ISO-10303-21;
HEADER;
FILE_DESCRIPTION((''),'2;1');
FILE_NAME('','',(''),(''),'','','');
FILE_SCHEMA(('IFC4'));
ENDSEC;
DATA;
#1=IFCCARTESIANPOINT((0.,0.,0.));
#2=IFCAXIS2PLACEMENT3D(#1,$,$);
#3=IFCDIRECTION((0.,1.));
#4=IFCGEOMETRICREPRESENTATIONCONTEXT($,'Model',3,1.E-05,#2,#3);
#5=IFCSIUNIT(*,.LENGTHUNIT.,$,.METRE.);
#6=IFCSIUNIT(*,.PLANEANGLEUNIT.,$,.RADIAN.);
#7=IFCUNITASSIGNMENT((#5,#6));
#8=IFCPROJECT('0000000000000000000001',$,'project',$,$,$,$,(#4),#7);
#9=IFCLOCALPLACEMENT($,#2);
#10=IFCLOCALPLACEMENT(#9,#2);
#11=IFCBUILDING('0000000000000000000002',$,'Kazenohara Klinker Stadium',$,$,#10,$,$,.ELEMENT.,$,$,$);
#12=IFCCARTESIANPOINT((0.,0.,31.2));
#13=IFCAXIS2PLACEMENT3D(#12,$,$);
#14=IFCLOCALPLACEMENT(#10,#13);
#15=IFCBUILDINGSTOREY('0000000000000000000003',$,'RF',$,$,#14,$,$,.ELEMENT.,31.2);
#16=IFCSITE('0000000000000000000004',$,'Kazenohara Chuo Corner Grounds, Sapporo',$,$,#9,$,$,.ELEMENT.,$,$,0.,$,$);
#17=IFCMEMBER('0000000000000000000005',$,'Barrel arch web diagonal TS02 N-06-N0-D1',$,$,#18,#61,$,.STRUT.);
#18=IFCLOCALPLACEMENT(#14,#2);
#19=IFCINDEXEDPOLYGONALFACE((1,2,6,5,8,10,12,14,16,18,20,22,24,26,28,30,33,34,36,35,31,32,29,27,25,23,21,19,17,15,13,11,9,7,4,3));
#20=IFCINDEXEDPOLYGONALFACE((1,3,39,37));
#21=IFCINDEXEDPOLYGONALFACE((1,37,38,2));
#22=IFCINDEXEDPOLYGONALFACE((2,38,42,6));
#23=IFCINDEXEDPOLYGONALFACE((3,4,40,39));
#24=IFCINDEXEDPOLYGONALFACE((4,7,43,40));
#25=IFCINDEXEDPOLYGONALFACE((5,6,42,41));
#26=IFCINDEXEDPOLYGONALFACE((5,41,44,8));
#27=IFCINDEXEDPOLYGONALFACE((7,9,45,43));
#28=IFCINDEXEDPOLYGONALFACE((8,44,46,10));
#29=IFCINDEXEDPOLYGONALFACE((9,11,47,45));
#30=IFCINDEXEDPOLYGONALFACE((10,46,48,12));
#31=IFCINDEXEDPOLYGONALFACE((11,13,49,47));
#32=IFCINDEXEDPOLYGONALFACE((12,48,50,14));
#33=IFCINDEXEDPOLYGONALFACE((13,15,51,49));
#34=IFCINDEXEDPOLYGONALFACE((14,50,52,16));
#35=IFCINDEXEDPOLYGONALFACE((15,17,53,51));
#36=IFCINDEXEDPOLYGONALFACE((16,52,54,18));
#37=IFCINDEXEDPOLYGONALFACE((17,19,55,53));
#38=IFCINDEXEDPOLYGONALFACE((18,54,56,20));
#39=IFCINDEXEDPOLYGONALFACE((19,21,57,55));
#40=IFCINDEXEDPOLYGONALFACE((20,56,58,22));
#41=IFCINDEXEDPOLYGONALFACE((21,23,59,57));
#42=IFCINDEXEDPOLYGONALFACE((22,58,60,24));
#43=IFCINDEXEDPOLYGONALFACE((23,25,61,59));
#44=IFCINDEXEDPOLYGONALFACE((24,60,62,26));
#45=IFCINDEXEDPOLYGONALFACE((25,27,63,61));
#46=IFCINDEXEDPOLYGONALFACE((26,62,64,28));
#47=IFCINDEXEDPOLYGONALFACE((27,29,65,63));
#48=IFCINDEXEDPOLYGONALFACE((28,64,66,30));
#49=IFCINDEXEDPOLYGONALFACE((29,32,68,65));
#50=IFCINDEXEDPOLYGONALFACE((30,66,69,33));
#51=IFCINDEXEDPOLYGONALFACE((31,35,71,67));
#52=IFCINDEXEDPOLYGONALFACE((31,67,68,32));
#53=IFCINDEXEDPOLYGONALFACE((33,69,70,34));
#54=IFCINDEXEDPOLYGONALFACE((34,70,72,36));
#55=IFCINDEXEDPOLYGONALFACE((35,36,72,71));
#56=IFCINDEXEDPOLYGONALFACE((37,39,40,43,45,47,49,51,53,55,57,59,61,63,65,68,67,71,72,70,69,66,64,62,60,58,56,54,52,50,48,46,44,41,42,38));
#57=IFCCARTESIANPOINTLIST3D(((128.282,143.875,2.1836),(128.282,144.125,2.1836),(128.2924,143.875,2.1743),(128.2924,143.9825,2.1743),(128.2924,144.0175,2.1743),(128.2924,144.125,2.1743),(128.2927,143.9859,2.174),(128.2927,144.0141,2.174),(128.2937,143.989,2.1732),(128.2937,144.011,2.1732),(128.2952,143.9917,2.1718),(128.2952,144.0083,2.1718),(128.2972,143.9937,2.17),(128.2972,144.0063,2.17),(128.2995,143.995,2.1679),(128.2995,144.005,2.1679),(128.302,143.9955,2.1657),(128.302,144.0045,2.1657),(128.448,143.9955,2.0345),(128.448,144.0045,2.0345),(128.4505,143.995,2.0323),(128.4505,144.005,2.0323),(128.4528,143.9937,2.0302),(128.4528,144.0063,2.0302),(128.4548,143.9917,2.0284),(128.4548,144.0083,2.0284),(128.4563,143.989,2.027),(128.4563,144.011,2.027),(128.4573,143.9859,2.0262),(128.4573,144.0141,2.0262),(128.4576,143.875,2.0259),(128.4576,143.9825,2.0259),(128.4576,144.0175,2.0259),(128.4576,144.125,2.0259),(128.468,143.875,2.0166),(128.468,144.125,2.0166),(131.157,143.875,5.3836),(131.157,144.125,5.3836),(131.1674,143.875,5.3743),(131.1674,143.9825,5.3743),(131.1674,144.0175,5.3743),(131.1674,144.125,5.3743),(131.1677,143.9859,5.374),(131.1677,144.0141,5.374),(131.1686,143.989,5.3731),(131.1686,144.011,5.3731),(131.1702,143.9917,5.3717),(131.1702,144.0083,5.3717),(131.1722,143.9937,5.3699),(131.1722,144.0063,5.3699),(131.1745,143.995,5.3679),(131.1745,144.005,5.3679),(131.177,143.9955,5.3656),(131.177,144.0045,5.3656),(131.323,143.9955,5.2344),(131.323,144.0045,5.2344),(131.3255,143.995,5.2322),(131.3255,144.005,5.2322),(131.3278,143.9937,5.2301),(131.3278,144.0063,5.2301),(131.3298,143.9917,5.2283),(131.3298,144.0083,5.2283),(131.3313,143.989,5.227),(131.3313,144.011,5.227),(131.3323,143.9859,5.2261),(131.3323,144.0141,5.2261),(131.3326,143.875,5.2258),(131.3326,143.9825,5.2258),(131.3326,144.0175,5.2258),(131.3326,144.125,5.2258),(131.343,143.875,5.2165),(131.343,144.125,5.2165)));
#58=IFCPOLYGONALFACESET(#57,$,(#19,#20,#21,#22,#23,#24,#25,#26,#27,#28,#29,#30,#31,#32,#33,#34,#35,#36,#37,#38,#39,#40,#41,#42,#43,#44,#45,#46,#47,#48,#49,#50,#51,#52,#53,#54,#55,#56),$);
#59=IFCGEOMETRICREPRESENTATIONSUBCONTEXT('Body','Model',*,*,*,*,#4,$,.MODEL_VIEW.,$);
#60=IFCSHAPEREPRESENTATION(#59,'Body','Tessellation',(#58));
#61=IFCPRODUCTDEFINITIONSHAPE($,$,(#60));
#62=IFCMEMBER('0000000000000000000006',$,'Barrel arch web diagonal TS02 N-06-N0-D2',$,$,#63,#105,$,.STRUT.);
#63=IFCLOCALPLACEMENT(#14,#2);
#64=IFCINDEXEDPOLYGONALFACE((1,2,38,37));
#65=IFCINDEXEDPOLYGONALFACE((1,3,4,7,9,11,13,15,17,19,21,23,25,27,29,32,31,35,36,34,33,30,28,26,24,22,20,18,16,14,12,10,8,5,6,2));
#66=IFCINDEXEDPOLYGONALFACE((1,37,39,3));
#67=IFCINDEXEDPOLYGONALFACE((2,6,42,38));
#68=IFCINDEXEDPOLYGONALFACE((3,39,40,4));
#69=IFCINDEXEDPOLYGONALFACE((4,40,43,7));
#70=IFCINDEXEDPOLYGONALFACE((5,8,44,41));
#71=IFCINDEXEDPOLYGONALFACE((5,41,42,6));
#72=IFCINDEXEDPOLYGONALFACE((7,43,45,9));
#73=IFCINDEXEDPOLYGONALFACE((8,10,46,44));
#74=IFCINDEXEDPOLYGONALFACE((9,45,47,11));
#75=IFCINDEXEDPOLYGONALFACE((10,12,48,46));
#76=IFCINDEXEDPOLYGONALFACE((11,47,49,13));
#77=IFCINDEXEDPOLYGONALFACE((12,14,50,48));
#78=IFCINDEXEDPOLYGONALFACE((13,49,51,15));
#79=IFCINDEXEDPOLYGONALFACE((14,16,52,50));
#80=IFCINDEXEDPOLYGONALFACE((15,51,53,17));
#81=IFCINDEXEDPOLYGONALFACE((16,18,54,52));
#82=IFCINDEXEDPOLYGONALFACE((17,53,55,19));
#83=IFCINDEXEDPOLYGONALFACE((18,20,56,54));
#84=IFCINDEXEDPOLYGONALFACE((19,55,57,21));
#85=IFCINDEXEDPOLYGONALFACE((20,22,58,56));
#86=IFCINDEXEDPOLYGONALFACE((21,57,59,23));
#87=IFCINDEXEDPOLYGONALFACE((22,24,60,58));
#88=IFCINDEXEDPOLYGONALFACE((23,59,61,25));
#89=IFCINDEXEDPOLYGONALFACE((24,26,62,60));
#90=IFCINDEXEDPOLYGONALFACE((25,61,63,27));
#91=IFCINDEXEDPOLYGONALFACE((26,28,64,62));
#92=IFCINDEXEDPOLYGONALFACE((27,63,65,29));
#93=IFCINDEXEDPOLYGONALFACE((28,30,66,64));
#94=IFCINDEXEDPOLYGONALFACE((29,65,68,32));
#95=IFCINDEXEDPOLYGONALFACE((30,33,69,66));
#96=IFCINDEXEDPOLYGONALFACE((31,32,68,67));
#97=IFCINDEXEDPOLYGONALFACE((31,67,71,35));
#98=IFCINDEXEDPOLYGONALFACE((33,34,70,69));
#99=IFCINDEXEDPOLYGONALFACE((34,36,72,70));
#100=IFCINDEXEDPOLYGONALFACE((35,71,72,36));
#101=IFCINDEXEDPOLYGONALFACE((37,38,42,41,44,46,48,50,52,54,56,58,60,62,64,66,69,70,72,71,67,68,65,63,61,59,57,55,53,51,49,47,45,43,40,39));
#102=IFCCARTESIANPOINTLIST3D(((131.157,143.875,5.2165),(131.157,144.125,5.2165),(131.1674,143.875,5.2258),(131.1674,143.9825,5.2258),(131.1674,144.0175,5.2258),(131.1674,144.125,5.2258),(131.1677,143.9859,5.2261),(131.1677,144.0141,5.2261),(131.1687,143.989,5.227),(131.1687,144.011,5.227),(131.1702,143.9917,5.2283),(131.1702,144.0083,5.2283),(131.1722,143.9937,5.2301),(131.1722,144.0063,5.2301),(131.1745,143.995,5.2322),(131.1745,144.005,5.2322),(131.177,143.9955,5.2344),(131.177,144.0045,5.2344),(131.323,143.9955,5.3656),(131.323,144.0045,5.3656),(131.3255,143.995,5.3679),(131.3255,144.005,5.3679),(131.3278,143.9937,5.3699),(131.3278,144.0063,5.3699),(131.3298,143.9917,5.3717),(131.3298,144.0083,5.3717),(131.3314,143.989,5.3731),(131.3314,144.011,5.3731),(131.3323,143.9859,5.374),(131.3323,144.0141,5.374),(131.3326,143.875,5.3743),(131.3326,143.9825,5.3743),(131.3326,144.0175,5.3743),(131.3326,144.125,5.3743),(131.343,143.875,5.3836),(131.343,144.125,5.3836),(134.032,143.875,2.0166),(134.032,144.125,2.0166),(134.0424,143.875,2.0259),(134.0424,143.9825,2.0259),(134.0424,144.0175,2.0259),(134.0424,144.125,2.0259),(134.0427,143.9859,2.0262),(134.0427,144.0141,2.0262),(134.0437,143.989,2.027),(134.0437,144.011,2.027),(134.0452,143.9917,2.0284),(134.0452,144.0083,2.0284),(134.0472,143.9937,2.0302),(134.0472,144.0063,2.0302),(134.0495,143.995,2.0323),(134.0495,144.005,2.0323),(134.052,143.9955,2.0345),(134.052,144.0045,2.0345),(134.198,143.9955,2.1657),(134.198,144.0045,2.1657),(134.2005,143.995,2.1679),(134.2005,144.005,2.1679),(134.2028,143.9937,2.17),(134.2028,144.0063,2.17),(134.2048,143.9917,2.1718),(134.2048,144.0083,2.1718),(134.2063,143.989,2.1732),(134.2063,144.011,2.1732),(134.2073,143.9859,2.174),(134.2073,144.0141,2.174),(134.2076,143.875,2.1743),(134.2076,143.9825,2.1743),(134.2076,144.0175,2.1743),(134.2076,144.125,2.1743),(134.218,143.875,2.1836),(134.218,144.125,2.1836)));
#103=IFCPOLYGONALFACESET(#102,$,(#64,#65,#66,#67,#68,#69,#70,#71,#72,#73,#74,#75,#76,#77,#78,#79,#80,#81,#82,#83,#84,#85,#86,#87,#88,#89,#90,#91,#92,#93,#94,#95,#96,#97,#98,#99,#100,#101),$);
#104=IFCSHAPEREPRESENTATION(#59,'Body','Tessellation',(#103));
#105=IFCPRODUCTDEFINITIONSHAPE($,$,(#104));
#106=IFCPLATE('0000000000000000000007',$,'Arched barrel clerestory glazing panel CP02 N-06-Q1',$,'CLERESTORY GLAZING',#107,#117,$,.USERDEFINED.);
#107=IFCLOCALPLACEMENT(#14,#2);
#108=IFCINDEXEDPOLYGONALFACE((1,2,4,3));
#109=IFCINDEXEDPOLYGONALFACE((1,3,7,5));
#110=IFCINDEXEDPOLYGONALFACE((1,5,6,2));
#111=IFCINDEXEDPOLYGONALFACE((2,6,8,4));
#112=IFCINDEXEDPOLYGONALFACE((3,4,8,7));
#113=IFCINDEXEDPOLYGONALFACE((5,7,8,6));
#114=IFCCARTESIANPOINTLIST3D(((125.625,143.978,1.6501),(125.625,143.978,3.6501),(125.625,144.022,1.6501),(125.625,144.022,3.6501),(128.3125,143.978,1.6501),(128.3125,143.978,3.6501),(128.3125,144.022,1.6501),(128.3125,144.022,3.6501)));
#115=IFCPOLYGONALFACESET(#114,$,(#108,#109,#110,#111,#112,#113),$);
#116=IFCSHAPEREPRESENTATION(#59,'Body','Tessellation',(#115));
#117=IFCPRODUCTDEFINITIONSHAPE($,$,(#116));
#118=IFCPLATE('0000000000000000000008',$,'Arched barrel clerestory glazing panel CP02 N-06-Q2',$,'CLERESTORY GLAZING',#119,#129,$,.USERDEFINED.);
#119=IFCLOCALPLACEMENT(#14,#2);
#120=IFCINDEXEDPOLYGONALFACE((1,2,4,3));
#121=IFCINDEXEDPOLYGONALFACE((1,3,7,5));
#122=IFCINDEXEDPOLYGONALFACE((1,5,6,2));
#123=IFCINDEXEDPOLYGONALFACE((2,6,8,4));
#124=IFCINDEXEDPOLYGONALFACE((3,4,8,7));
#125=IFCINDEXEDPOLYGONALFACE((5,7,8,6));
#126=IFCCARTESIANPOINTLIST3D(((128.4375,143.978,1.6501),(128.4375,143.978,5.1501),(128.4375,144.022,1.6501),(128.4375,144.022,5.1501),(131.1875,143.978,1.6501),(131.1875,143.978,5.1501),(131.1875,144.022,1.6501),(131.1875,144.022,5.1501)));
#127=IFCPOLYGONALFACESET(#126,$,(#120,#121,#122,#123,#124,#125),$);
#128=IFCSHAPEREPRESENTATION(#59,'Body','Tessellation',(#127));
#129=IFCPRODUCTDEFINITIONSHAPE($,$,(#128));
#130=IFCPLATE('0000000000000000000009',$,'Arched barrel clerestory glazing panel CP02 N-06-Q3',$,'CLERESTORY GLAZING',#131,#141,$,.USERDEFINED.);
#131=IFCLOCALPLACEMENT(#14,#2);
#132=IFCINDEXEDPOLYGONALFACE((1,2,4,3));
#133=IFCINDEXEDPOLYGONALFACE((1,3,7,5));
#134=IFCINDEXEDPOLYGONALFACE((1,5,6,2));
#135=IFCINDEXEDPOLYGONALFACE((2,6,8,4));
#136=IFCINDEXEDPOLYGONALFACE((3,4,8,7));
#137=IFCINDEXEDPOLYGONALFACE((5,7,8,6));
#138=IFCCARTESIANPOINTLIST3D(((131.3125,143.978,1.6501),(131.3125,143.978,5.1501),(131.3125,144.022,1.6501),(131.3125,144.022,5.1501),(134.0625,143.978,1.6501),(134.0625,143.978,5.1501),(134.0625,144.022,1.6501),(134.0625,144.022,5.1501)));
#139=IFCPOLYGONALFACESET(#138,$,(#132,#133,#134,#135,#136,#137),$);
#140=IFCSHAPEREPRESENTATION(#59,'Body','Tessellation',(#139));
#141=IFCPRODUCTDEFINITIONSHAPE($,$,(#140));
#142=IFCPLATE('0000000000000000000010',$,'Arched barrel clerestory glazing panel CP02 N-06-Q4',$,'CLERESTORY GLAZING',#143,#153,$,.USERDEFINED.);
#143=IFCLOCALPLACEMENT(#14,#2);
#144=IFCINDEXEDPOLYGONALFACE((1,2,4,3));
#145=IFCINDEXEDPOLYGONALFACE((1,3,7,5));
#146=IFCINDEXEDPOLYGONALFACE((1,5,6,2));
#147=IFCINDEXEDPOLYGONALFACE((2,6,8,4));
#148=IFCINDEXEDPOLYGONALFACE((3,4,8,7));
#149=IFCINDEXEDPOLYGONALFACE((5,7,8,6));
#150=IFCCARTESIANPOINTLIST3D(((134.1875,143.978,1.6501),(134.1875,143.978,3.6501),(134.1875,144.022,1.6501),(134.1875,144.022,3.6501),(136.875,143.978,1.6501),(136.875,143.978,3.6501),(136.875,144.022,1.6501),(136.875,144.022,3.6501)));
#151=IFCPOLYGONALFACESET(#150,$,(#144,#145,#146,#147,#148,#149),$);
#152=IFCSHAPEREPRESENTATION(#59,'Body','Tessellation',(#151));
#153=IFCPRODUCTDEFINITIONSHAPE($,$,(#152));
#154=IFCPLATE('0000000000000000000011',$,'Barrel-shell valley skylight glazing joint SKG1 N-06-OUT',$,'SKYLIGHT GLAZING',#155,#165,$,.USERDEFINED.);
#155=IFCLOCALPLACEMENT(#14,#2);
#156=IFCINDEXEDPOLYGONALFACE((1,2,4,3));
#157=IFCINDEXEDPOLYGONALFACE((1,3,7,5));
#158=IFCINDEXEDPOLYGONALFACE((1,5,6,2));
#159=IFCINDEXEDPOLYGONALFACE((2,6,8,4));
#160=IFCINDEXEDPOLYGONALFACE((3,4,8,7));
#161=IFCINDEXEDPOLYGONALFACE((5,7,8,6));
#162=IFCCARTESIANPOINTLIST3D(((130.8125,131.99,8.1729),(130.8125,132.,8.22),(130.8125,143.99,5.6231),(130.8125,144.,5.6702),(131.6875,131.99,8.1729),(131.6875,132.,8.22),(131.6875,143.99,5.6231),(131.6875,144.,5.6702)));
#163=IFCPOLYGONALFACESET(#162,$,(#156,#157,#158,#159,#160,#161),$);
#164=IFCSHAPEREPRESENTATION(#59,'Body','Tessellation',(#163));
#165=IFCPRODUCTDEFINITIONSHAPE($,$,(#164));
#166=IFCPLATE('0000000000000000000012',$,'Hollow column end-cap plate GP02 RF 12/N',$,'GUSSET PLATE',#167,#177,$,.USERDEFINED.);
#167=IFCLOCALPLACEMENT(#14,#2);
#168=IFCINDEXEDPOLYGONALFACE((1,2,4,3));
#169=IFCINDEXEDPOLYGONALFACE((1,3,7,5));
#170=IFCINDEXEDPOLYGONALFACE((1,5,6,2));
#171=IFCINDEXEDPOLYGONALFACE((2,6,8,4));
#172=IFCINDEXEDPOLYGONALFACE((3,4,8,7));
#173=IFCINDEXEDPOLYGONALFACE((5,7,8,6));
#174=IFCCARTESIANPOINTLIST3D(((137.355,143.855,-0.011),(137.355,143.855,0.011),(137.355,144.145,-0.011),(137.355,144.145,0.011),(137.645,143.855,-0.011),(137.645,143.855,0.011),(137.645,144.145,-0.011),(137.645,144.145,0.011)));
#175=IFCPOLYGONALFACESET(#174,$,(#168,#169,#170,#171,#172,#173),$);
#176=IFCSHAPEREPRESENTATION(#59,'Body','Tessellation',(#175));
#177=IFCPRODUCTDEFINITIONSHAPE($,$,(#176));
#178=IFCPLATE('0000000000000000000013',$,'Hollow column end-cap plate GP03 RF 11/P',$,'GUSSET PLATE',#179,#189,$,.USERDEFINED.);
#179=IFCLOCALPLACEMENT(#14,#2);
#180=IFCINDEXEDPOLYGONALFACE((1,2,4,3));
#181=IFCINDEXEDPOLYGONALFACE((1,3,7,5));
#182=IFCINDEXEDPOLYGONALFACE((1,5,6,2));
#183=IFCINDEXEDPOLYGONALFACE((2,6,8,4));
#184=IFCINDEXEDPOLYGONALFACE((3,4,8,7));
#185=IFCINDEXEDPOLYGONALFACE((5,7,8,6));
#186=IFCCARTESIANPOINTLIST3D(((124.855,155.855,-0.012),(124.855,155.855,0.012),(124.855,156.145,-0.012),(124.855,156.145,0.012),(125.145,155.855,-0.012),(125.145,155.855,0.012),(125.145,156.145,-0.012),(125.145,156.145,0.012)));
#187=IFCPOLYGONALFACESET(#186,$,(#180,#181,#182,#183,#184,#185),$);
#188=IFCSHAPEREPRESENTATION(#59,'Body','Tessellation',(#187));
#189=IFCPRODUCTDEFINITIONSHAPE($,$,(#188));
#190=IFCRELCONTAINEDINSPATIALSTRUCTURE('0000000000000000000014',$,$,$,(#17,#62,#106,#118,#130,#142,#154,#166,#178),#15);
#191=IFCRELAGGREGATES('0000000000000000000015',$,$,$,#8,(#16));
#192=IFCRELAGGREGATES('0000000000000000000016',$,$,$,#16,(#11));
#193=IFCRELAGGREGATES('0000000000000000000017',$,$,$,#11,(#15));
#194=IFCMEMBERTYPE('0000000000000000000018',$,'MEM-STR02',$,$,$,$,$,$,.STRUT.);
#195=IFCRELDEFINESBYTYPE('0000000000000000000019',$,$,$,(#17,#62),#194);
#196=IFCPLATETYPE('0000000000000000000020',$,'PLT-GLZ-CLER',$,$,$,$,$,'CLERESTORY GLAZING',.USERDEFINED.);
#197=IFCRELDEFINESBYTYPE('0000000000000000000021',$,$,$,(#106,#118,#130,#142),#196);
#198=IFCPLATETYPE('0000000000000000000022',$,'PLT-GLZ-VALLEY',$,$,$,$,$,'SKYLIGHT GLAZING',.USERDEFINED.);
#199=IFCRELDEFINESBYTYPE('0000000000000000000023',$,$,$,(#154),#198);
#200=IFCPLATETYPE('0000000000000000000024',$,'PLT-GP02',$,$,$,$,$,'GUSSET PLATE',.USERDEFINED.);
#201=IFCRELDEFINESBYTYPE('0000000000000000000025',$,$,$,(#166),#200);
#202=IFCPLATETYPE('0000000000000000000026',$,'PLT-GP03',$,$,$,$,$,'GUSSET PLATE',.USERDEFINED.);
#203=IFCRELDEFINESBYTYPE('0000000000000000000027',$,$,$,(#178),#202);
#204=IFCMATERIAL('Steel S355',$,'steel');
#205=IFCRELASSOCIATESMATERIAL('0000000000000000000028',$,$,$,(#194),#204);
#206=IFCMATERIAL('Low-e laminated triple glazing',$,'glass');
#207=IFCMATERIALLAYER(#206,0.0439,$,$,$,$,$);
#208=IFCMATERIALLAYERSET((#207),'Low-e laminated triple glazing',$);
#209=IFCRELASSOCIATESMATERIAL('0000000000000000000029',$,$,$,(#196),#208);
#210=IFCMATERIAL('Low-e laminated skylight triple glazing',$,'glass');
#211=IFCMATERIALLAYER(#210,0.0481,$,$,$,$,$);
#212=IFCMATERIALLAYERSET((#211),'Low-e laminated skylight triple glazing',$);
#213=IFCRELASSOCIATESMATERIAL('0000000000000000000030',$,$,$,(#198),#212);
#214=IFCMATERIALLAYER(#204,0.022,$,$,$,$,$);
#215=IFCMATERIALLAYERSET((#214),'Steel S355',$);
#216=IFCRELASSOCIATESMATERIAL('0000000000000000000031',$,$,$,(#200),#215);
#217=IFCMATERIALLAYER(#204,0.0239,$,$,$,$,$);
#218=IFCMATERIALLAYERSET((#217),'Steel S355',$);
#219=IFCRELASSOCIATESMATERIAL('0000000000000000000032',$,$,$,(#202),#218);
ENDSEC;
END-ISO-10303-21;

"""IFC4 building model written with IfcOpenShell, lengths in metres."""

from ifc_helpers import new_model, si_unit, direction, frame, origin, origin_2d, place, context, subcontext, project, spatial, polyline, rectangle, i_section, outline, extrude, material, layer, layer_set, material_profile, profile_set, type_object, element, save


model = new_model("IFC4")

# Units and contexts
model_context = context("Model", 3, precision=1e-05, world=origin(), true_north=direction((0.0, 1.0)))
body_context = subcontext(model_context, "Body", "Model", "MODEL_VIEW")
ifc_project = project(units=[si_unit("LENGTHUNIT", "METRE"), si_unit("PLANEANGLEUNIT", "RADIAN")], contexts=[model_context])

# Site, building, storey
site_placement = place(None, origin())
site = spatial("IfcSite", under=ifc_project, at=site_placement, Name="Kazenohara Chuo Corner Grounds, Sapporo", CompositionType="ELEMENT", RefElevation=0.0)
building_placement = place(site_placement, origin())
building = spatial("IfcBuilding", under=site, at=building_placement, Name="Kazenohara Klinker Stadium", CompositionType="ELEMENT")
storey_placement = place(building_placement, frame((0.0, 0.0, 31.2)))
storey = spatial("IfcBuildingStorey", under=building, at=storey_placement, Name="RF", CompositionType="ELEMENT", Elevation=31.2)

# Members
ifc_material_1 = material(Name="Steel S355", Category="steel")
ifc_material_profile_1 = material_profile(ifc_material_1, i_section(OverallWidth=0.25, OverallDepth=0.25, WebThickness=0.009, FlangeThickness=0.0139, FilletRadius=0.0129, at=origin_2d()), Name="H-250x250x9x14")
ifc_profile_set_1 = profile_set([ifc_material_profile_1], Name="Steel S355")
member_type_1 = type_object("IfcMemberType", Name="MEM-STR02", PredefinedType="STRUT", material=ifc_profile_set_1)
for number, where, z_axis, x_axis, name in (
    (1, (128.375, 144.0, 2.1001), (0.668328, 0.0, 0.743867), (0.0, 1.0, 0.0), "Barrel arch web diagonal TS02 N-06-N0-D1"),
    (2, (134.125, 144.0, 2.1001), (-0.668328, 0.0, 0.743867), (0.0, -1.0, 0.0), "Barrel arch web diagonal TS02 N-06-N0-D2"),
):
    element("IfcMember", number, at=place(storey_placement, frame(where, z_axis=z_axis, x_axis=x_axis)), inside=storey, type_object=member_type_1, Name=name, PredefinedType="STRUT", context=body_context, shape_type="SweptSolid", body=[
        extrude(i_section(OverallWidth=0.25, OverallDepth=0.25, WebThickness=0.009, FlangeThickness=0.0139, FilletRadius=0.0129, at=origin_2d()), origin(), (0.0, 0.0, 1.0), 4.3018),
    ])

# Plates
ifc_material_2 = material(Name="Low-e laminated triple glazing", Category="glass")
ifc_layer_1 = layer(ifc_material_2, 0.0439)
ifc_layer_set_1 = layer_set([ifc_layer_1], Name="Low-e laminated triple glazing")
plate_type_1 = type_object("IfcPlateType", Name="PLT-GLZ-CLER", ElementType="CLERESTORY GLAZING", PredefinedType="USERDEFINED", material=ifc_layer_set_1)
plate_1_placement = place(storey_placement, frame((126.9688, 144.0, 1.6501), z_axis=(0.0, 0.0, 1.0), x_axis=(1.0, 0.0, 0.0)))
element("IfcPlate", 3, at=plate_1_placement, inside=storey, type_object=plate_type_1, Name="Arched barrel clerestory glazing panel CP02 N-06-Q1", ObjectType="CLERESTORY GLAZING", PredefinedType="USERDEFINED", context=body_context, shape_type="SweptSolid", body=[
    extrude(rectangle(XDim=2.6875, YDim=0.0439, at=origin_2d()), origin(), (0.0, 0.0, 1.0), 2.0),
])
for number, where, z_axis, x_axis, name in (
    (4, (129.8125, 144.0, 1.6501), (0.0, 0.0, 1.0), (1.0, 0.0, 0.0), "Arched barrel clerestory glazing panel CP02 N-06-Q2"),
    (5, (132.6875, 144.0, 1.6501), (0.0, 0.0, 1.0), (1.0, 0.0, 0.0), "Arched barrel clerestory glazing panel CP02 N-06-Q3"),
):
    element("IfcPlate", number, at=place(storey_placement, frame(where, z_axis=z_axis, x_axis=x_axis)), inside=storey, type_object=plate_type_1, Name=name, ObjectType="CLERESTORY GLAZING", PredefinedType="USERDEFINED", context=body_context, shape_type="SweptSolid", body=[
        extrude(rectangle(XDim=2.75, YDim=0.0439, at=origin_2d()), origin(), (0.0, 0.0, 1.0), 3.5),
    ])
plate_2_placement = place(storey_placement, frame((135.5312, 144.0, 1.6501), z_axis=(0.0, 0.0, 1.0), x_axis=(1.0, 0.0, 0.0)))
element("IfcPlate", 6, at=plate_2_placement, inside=storey, type_object=plate_type_1, Name="Arched barrel clerestory glazing panel CP02 N-06-Q4", ObjectType="CLERESTORY GLAZING", PredefinedType="USERDEFINED", context=body_context, shape_type="SweptSolid", body=[
    extrude(rectangle(XDim=2.6875, YDim=0.0439, at=origin_2d()), origin(), (0.0, 0.0, 1.0), 2.0),
])
ifc_material_3 = material(Name="Low-e laminated skylight triple glazing", Category="glass")
ifc_layer_2 = layer(ifc_material_3, 0.0481)
ifc_layer_set_2 = layer_set([ifc_layer_2], Name="Low-e laminated skylight triple glazing")
plate_type_2 = type_object("IfcPlateType", Name="PLT-GLZ-VALLEY", ElementType="SKYLIGHT GLAZING", PredefinedType="USERDEFINED", material=ifc_layer_set_2)
plate_3_placement = place(storey_placement, frame((130.8125, 144.0, 5.6702), z_axis=(0.0, 0.207844, 0.978162), x_axis=(0.0, -0.978162, 0.207844)))
element("IfcPlate", 7, at=plate_3_placement, inside=storey, type_object=plate_type_2, Name="Barrel-shell valley skylight glazing joint SKG1 N-06-OUT", ObjectType="SKYLIGHT GLAZING", PredefinedType="USERDEFINED", context=body_context, shape_type="SweptSolid", body=[
    extrude(outline(polyline([(0.0, 0.0), (12.2679, 0.0), (12.2679, 0.875), (0.0, 0.875), (0.0, 0.0)])), origin(), (0.0, 0.0, -1.0), 0.0481),
])
ifc_layer_3 = layer(ifc_material_1, 0.022)
ifc_layer_set_3 = layer_set([ifc_layer_3], Name="Steel S355")
plate_type_3 = type_object("IfcPlateType", Name="PLT-GP02", ElementType="GUSSET PLATE", PredefinedType="USERDEFINED", material=ifc_layer_set_3)
plate_4_placement = place(storey_placement, frame((137.5, 144.0, -0.011), z_axis=(0.0, 0.0, 1.0), x_axis=(1.0, 0.0, 0.0)))
element("IfcPlate", 8, at=plate_4_placement, inside=storey, type_object=plate_type_3, Name="Hollow column end-cap plate GP02 RF 12/N", ObjectType="GUSSET PLATE", PredefinedType="USERDEFINED", context=body_context, shape_type="SweptSolid", body=[
    extrude(rectangle(XDim=0.29, YDim=0.29, at=origin_2d()), origin(), (0.0, 0.0, 1.0), 0.022),
])
ifc_layer_4 = layer(ifc_material_1, 0.0239)
ifc_layer_set_4 = layer_set([ifc_layer_4], Name="Steel S355")
plate_type_4 = type_object("IfcPlateType", Name="PLT-GP03", ElementType="GUSSET PLATE", PredefinedType="USERDEFINED", material=ifc_layer_set_4)
plate_5_placement = place(storey_placement, frame((125.0, 156.0, -0.012), z_axis=(0.0, 0.0, 1.0), x_axis=(1.0, 0.0, 0.0)))
element("IfcPlate", 9, at=plate_5_placement, inside=storey, type_object=plate_type_4, Name="Hollow column end-cap plate GP03 RF 11/P", ObjectType="GUSSET PLATE", PredefinedType="USERDEFINED", context=body_context, shape_type="SweptSolid", body=[
    extrude(rectangle(XDim=0.29, YDim=0.29, at=origin_2d()), origin(), (0.0, 0.0, 1.0), 0.0239),
])

save(model, "model.ifc")
